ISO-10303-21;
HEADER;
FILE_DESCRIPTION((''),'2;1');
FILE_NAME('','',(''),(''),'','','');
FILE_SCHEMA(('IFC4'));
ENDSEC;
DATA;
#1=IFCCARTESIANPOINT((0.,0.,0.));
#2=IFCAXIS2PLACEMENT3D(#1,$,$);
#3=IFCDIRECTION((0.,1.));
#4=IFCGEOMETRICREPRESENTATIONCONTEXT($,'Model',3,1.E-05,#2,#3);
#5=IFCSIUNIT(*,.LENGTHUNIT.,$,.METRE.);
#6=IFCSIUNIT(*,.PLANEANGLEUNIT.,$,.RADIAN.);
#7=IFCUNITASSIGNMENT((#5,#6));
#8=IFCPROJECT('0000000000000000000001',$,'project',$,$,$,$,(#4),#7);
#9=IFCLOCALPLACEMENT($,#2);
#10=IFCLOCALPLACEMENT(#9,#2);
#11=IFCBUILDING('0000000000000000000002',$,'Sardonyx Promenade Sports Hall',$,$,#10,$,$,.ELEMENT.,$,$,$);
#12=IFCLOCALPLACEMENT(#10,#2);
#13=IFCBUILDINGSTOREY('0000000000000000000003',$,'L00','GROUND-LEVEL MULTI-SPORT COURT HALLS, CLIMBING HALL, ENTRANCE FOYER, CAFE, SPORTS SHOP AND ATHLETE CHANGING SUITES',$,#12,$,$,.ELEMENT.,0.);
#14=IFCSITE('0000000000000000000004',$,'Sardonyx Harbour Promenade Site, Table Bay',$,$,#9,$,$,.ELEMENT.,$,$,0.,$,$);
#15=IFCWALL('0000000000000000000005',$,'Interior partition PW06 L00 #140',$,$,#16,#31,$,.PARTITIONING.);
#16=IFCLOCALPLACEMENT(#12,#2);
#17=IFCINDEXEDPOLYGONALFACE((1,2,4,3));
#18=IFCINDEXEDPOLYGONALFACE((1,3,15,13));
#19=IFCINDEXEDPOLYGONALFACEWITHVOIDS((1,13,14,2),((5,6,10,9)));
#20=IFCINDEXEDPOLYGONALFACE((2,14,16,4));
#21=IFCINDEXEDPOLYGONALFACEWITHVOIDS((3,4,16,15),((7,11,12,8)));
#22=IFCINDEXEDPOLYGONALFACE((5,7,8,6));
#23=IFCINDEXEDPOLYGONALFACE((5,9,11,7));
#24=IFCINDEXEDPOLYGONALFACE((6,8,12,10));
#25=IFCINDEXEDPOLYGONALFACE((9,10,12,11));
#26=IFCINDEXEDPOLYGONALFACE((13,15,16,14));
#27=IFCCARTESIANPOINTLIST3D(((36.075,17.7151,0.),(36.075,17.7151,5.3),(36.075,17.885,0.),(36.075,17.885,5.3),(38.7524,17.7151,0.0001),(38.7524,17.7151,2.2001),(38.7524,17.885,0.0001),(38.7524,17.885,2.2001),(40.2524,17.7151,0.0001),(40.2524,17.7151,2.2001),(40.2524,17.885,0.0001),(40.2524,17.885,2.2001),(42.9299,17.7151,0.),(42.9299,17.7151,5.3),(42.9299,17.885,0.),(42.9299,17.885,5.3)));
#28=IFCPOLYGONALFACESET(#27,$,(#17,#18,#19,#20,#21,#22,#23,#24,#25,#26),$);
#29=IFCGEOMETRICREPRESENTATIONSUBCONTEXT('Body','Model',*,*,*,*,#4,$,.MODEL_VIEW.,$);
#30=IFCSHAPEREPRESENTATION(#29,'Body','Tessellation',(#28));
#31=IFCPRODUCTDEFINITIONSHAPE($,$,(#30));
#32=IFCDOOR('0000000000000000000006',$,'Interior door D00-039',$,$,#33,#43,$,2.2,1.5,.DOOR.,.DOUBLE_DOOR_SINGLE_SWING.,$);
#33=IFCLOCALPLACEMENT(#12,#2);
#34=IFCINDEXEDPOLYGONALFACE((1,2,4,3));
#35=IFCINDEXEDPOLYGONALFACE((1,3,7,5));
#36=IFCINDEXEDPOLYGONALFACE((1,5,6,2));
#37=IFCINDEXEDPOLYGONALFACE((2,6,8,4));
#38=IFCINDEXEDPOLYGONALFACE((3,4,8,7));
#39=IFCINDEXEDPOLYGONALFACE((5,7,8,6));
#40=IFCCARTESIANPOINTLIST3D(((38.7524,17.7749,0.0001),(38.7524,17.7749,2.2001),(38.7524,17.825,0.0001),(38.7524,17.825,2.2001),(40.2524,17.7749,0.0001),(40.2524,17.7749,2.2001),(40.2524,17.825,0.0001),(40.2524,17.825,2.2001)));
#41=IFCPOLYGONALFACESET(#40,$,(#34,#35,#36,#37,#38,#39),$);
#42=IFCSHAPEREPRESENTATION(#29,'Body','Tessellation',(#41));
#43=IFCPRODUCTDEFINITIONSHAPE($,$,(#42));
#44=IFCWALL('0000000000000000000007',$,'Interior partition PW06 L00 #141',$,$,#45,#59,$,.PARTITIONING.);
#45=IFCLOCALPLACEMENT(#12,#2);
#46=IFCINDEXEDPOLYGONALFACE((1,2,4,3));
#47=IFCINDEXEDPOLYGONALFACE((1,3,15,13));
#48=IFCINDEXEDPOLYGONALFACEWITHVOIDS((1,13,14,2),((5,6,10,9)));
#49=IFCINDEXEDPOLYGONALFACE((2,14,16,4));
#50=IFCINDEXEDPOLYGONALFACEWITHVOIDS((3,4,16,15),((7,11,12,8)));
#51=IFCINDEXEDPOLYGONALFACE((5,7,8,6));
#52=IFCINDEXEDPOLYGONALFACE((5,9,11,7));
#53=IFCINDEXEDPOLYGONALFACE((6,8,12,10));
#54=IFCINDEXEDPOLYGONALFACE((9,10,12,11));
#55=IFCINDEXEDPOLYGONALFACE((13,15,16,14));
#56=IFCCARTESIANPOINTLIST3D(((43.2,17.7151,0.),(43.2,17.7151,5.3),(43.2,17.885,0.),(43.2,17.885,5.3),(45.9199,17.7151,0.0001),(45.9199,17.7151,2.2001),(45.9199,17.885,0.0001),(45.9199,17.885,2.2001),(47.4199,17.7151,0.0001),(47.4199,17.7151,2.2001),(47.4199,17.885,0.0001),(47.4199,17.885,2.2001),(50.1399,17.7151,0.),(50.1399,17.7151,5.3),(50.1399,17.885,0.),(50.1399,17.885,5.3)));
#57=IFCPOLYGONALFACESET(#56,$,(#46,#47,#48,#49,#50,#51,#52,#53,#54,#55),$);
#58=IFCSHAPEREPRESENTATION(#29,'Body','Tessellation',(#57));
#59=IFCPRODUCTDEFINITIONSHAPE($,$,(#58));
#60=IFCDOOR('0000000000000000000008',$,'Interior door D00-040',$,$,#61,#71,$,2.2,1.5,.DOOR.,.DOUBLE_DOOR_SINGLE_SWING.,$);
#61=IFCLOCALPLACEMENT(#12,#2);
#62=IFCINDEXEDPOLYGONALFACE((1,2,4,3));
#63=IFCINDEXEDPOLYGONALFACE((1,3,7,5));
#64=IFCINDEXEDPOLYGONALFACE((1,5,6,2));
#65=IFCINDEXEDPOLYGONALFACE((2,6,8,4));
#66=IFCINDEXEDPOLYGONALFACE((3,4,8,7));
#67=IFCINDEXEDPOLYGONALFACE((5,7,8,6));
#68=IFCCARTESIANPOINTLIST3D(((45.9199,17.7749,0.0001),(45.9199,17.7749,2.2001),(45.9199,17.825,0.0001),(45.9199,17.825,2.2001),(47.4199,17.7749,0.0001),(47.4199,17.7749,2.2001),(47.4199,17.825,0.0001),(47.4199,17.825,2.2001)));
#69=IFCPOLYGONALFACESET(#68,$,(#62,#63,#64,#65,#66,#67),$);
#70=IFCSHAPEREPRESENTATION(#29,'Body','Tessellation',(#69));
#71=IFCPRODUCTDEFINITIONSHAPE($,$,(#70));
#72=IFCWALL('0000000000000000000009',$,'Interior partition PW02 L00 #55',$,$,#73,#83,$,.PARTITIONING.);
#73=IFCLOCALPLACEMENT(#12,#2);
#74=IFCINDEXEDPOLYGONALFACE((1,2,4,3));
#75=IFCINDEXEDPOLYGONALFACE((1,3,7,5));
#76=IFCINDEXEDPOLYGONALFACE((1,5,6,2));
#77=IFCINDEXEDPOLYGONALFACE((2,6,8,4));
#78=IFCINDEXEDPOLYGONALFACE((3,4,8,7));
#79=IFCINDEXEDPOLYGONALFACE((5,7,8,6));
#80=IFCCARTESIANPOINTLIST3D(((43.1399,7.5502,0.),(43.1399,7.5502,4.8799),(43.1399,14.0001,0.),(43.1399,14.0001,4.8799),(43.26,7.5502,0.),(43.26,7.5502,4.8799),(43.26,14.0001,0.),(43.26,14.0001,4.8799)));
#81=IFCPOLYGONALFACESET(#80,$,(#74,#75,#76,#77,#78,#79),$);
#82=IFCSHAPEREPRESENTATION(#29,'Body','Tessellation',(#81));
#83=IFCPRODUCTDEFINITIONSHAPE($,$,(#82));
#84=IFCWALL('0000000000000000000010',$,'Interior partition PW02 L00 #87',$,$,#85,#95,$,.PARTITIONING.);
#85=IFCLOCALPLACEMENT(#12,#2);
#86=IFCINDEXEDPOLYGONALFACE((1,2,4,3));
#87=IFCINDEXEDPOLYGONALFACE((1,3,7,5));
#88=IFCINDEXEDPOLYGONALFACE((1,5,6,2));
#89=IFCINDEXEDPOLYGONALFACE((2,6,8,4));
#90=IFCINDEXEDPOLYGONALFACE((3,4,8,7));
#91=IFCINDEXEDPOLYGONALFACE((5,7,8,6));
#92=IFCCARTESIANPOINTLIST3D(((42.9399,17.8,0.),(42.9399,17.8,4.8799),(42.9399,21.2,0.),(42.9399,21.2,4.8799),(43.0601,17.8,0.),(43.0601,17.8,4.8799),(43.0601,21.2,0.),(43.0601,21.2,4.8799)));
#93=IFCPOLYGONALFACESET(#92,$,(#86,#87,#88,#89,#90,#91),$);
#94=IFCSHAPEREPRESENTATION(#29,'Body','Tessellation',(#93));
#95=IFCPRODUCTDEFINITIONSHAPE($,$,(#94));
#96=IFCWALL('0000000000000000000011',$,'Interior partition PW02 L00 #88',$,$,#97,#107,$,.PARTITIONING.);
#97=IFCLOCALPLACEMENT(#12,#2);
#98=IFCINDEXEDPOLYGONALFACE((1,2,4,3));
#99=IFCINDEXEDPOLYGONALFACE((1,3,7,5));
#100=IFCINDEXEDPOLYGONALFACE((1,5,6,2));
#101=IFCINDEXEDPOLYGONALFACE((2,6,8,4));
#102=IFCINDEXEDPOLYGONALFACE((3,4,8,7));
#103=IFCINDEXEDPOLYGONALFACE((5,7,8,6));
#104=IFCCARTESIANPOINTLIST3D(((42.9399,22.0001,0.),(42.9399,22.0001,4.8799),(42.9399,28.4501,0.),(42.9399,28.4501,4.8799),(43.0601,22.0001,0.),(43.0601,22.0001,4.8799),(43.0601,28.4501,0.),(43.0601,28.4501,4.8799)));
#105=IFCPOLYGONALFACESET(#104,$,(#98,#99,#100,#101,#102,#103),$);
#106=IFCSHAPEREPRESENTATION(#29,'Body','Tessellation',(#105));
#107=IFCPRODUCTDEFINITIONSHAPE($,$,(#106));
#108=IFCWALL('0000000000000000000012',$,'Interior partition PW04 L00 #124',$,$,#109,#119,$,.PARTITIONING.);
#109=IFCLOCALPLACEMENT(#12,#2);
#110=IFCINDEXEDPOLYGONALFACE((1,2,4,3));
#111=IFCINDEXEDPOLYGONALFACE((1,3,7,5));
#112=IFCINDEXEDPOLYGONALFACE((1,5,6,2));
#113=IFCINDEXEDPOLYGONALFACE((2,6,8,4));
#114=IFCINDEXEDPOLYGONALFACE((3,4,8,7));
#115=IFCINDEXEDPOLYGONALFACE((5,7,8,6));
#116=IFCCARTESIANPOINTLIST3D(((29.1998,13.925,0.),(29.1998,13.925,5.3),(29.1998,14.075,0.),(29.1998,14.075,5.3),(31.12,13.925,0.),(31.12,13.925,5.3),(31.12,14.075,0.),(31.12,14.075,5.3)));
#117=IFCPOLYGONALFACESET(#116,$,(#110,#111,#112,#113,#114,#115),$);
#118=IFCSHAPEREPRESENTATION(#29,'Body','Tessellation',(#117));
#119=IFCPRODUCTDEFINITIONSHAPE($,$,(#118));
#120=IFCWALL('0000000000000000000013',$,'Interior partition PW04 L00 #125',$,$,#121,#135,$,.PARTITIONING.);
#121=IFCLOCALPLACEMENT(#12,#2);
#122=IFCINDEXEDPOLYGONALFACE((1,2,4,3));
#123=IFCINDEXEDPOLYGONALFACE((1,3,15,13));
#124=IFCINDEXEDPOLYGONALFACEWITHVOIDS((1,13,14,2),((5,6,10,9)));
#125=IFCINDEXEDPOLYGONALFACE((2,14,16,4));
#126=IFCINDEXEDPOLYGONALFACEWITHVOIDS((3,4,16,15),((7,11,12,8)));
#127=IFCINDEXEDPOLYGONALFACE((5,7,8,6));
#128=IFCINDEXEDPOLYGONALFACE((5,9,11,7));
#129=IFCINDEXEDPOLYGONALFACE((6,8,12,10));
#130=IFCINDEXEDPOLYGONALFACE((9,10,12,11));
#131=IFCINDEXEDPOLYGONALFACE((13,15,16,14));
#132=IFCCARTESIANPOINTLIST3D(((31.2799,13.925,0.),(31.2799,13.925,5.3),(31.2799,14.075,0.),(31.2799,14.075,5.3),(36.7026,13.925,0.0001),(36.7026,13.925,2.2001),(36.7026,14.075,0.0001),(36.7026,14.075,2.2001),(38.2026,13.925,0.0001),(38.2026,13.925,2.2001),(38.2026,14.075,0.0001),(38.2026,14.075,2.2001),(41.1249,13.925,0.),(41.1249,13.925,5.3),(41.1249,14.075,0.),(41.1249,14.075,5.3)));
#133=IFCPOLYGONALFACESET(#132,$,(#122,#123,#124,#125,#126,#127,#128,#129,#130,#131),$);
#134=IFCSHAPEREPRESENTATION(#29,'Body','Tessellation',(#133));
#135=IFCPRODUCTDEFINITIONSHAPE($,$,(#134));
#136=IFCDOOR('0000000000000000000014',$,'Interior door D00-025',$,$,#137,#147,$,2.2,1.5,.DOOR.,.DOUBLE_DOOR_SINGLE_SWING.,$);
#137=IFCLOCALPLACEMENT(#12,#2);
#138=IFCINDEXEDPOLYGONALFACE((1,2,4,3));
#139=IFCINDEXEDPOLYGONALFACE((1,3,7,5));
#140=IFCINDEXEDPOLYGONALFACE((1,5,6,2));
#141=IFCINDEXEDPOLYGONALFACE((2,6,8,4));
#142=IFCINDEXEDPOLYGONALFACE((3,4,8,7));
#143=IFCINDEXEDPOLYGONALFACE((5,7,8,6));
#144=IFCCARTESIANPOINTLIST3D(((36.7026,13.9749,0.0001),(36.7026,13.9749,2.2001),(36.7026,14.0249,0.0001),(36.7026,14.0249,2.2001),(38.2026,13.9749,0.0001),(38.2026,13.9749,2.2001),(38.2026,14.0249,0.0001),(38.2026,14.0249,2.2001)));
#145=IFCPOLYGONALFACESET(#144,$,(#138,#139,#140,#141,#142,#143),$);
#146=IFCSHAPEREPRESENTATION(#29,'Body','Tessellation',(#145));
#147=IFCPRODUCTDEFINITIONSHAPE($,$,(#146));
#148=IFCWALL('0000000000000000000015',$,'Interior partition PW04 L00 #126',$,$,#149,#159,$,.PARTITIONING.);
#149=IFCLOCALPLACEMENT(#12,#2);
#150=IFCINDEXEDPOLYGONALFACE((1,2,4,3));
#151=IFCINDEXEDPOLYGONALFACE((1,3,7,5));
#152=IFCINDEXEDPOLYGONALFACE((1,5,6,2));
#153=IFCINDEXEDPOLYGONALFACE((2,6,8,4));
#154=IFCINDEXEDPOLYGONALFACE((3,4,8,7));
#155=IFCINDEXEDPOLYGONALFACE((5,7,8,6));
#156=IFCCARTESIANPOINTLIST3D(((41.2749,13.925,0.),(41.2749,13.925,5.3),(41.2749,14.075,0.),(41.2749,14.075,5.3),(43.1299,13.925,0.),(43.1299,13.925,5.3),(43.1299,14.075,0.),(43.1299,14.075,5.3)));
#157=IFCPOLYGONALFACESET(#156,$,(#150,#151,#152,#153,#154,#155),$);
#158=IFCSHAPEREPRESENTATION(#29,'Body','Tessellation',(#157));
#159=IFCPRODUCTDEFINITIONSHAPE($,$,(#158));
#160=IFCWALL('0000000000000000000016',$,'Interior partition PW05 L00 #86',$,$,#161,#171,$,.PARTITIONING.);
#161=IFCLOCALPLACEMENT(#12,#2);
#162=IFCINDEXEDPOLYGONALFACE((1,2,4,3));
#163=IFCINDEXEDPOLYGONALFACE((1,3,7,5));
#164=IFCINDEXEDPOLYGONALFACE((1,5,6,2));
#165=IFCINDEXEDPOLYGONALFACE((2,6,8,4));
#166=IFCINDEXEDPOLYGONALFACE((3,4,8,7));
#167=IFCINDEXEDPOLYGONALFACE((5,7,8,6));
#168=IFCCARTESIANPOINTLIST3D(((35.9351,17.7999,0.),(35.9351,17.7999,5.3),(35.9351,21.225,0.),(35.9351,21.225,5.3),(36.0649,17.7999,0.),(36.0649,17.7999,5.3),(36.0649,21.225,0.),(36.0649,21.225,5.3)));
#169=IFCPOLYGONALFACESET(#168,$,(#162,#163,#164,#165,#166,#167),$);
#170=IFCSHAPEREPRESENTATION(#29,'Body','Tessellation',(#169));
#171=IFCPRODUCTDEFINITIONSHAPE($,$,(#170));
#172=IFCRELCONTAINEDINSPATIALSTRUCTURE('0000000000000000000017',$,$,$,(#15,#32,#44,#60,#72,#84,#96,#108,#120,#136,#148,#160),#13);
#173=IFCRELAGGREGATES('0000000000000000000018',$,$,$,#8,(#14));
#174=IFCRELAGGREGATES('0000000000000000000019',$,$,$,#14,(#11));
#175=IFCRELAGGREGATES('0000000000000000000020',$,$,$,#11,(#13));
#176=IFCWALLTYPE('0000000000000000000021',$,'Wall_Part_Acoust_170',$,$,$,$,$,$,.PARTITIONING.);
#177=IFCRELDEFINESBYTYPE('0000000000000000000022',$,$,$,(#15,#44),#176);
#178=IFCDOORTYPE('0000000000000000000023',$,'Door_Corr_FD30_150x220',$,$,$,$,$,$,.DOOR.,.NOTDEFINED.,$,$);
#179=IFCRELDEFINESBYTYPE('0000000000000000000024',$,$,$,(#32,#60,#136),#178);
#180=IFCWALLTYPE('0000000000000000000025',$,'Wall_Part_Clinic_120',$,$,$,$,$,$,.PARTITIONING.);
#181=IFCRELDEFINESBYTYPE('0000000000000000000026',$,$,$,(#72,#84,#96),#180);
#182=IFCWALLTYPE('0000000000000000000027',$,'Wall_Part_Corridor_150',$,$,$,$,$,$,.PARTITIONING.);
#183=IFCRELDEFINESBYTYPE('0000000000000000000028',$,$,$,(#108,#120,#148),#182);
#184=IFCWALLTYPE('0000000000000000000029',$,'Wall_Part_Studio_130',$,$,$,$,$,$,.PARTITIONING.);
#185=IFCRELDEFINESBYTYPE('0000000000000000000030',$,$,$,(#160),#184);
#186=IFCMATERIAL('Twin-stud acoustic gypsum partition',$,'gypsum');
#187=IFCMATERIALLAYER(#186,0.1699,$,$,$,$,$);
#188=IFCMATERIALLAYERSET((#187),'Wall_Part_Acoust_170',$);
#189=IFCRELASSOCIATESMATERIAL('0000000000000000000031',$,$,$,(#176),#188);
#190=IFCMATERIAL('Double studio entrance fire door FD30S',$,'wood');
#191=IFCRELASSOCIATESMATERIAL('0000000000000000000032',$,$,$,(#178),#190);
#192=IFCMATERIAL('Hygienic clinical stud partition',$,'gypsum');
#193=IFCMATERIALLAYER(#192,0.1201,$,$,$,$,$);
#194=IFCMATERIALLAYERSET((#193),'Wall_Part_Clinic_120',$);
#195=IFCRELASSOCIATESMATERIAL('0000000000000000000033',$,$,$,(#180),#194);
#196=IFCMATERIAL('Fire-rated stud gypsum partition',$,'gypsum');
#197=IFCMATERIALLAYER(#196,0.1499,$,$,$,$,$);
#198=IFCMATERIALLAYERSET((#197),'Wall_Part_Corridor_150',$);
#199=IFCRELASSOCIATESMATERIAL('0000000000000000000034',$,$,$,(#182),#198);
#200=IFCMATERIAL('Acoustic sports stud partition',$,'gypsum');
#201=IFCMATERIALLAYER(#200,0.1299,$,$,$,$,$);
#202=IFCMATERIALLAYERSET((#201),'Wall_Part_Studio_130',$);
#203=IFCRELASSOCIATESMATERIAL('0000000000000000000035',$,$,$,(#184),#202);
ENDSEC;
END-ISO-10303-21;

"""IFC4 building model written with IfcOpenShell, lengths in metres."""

from ifc_helpers import new_model, si_unit, direction, frame, frame_2d, origin, place, context, subcontext, project, spatial, rectangle, extrude, material, layer, layer_set, type_object, element, fill, save


model = new_model("IFC4")

# Units and contexts
model_context = context("Model", 3, precision=1e-05, world=origin(), true_north=direction((0.0, 1.0)))
body_context = subcontext(model_context, "Body", "Model", "MODEL_VIEW")
ifc_project = project(units=[si_unit("LENGTHUNIT", "METRE"), si_unit("PLANEANGLEUNIT", "RADIAN")], contexts=[model_context])

# Site, building, storey
site_placement = place(None, origin())
site = spatial("IfcSite", under=ifc_project, at=site_placement, Name="Sardonyx Harbour Promenade Site, Table Bay", CompositionType="ELEMENT", RefElevation=0.0)
building_placement = place(site_placement, origin())
building = spatial("IfcBuilding", under=site, at=building_placement, Name="Sardonyx Promenade Sports Hall", CompositionType="ELEMENT")
storey_placement = place(building_placement, origin())
storey = spatial("IfcBuildingStorey", under=building, at=storey_placement, Name="L00", Description="GROUND-LEVEL MULTI-SPORT COURT HALLS, CLIMBING HALL, ENTRANCE FOYER, CAFE, SPORTS SHOP AND ATHLETE CHANGING SUITES", CompositionType="ELEMENT", Elevation=0.0)

# Walls, openings, doors
ifc_material_1 = material(Name="Twin-stud acoustic gypsum partition", Category="gypsum")
ifc_layer_1 = layer(ifc_material_1, 0.1699)
ifc_layer_set_1 = layer_set([ifc_layer_1], Name="Wall_Part_Acoust_170")
wall_type_1 = type_object("IfcWallType", Name="Wall_Part_Acoust_170", PredefinedType="PARTITIONING", material=ifc_layer_set_1)
wall_1_placement = place(storey_placement, frame((36.075, 17.8, 0.0), z_axis=(0.0, 0.0, 1.0), x_axis=(1.0, 0.0, 0.0)))
wall_1 = element("IfcWall", 1, at=wall_1_placement, inside=storey, type_object=wall_type_1, Name="Interior partition PW06 L00 #140", PredefinedType="PARTITIONING", context=body_context, shape_type="SweptSolid", body=[
    extrude(rectangle(XDim=6.855, YDim=0.1699, at=frame_2d((3.4275, 0.0))), origin(), (0.0, 0.0, 1.0), 5.3),
])
opening_1_placement = place(wall_1_placement, frame((2.6775, 0.0, 0.0)))
opening_1 = element("IfcOpeningElement", 2, at=opening_1_placement, cuts=wall_1, PredefinedType="OPENING", context=body_context, shape_type="SweptSolid", body=[
    extrude(rectangle(XDim=1.5, YDim=2.2, at=frame_2d((0.75, 1.1001))), frame((0.0, 0.095, 0.0), z_axis=(0.0, -1.0, 0.0), x_axis=(1.0, 0.0, 0.0)), (0.0, 0.0, 1.0), 0.19),
])
ifc_material_2 = material(Name="Double studio entrance fire door FD30S", Category="wood")
door_type = type_object("IfcDoorType", Name="Door_Corr_FD30_150x220", OperationType="NOTDEFINED", PredefinedType="DOOR", material=ifc_material_2)
door_1_placement = place(opening_1_placement, origin())
door_1 = element("IfcDoor", 3, at=door_1_placement, inside=storey, type_object=door_type, Name="Interior door D00-039", OperationType="DOUBLE_DOOR_SINGLE_SWING", OverallHeight=2.2, OverallWidth=1.5, PredefinedType="DOOR", context=body_context, shape_type="SweptSolid", body=[
    extrude(rectangle(XDim=1.5, YDim=2.2, at=frame_2d((0.75, 1.1001))), frame((0.0, 0.0249, 0.0), z_axis=(0.0, -1.0, 0.0), x_axis=(1.0, 0.0, 0.0)), (0.0, 0.0, 1.0), 0.05),
])
fill(opening_1, door_1)
wall_2_placement = place(storey_placement, frame((43.2, 17.8, 0.0), z_axis=(0.0, 0.0, 1.0), x_axis=(1.0, 0.0, 0.0)))
wall_2 = element("IfcWall", 4, at=wall_2_placement, inside=storey, type_object=wall_type_1, Name="Interior partition PW06 L00 #141", PredefinedType="PARTITIONING", context=body_context, shape_type="SweptSolid", body=[
    extrude(rectangle(XDim=6.9399, YDim=0.1699, at=frame_2d((3.47, 0.0))), origin(), (0.0, 0.0, 1.0), 5.3),
])
opening_2_placement = place(wall_2_placement, frame((2.72, 0.0, 0.0)))
opening_2 = element("IfcOpeningElement", 5, at=opening_2_placement, cuts=wall_2, PredefinedType="OPENING", context=body_context, shape_type="SweptSolid", body=[
    extrude(rectangle(XDim=1.5, YDim=2.2, at=frame_2d((0.75, 1.1001))), frame((0.0, 0.095, 0.0), z_axis=(0.0, -1.0, 0.0), x_axis=(1.0, 0.0, 0.0)), (0.0, 0.0, 1.0), 0.19),
])
door_2_placement = place(opening_2_placement, origin())
door_2 = element("IfcDoor", 6, at=door_2_placement, inside=storey, type_object=door_type, Name="Interior door D00-040", OperationType="DOUBLE_DOOR_SINGLE_SWING", OverallHeight=2.2, OverallWidth=1.5, PredefinedType="DOOR", context=body_context, shape_type="SweptSolid", body=[
    extrude(rectangle(XDim=1.5, YDim=2.2, at=frame_2d((0.75, 1.1001))), frame((0.0, 0.0249, 0.0), z_axis=(0.0, -1.0, 0.0), x_axis=(1.0, 0.0, 0.0)), (0.0, 0.0, 1.0), 0.05),
])
fill(opening_2, door_2)

# Walls
ifc_material_3 = material(Name="Hygienic clinical stud partition", Category="gypsum")
ifc_layer_2 = layer(ifc_material_3, 0.1201)
ifc_layer_set_2 = layer_set([ifc_layer_2], Name="Wall_Part_Clinic_120")
wall_type_2 = type_object("IfcWallType", Name="Wall_Part_Clinic_120", PredefinedType="PARTITIONING", material=ifc_layer_set_2)
wall_3_placement = place(storey_placement, frame((43.2, 7.55, 0.0), z_axis=(0.0, 0.0, 1.0), x_axis=(0.0, 1.0, 0.0)))
element("IfcWall", 7, at=wall_3_placement, inside=storey, type_object=wall_type_2, Name="Interior partition PW02 L00 #55", PredefinedType="PARTITIONING", context=body_context, shape_type="SweptSolid", body=[
    extrude(rectangle(XDim=6.45, YDim=0.1201, at=frame_2d((3.2251, 0.0))), origin(), (0.0, 0.0, 1.0), 4.8799),
])
wall_4_placement = place(storey_placement, frame((43.0, 17.8, 0.0), z_axis=(0.0, 0.0, 1.0), x_axis=(0.0, 1.0, 0.0)))
element("IfcWall", 8, at=wall_4_placement, inside=storey, type_object=wall_type_2, Name="Interior partition PW02 L00 #87", PredefinedType="PARTITIONING", context=body_context, shape_type="SweptSolid", body=[
    extrude(rectangle(XDim=3.3999, YDim=0.1201, at=frame_2d((1.7, 0.0))), origin(), (0.0, 0.0, 1.0), 4.8799),
])
wall_5_placement = place(storey_placement, frame((43.0, 22.0, 0.0), z_axis=(0.0, 0.0, 1.0), x_axis=(0.0, 1.0, 0.0)))
element("IfcWall", 9, at=wall_5_placement, inside=storey, type_object=wall_type_2, Name="Interior partition PW02 L00 #88", PredefinedType="PARTITIONING", context=body_context, shape_type="SweptSolid", body=[
    extrude(rectangle(XDim=6.45, YDim=0.1201, at=frame_2d((3.2251, 0.0))), origin(), (0.0, 0.0, 1.0), 4.8799),
])
ifc_material_4 = material(Name="Fire-rated stud gypsum partition", Category="gypsum")
ifc_layer_3 = layer(ifc_material_4, 0.1499)
ifc_layer_set_3 = layer_set([ifc_layer_3], Name="Wall_Part_Corridor_150")
wall_type_3 = type_object("IfcWallType", Name="Wall_Part_Corridor_150", PredefinedType="PARTITIONING", material=ifc_layer_set_3)
wall_6_placement = place(storey_placement, frame((29.2, 14.0, 0.0), z_axis=(0.0, 0.0, 1.0), x_axis=(1.0, 0.0, 0.0)))
element("IfcWall", 10, at=wall_6_placement, inside=storey, type_object=wall_type_3, Name="Interior partition PW04 L00 #124", PredefinedType="PARTITIONING", context=body_context, shape_type="SweptSolid", body=[
    extrude(rectangle(XDim=1.9202, YDim=0.1499, at=frame_2d((0.96, 0.0))), origin(), (0.0, 0.0, 1.0), 5.3),
])

# Wall, opening, door
wall_7_placement = place(storey_placement, frame((31.28, 14.0, 0.0), z_axis=(0.0, 0.0, 1.0), x_axis=(1.0, 0.0, 0.0)))
wall_7 = element("IfcWall", 11, at=wall_7_placement, inside=storey, type_object=wall_type_3, Name="Interior partition PW04 L00 #125", PredefinedType="PARTITIONING", context=body_context, shape_type="SweptSolid", body=[
    extrude(rectangle(XDim=9.845, YDim=0.1499, at=frame_2d((4.9224, 0.0))), origin(), (0.0, 0.0, 1.0), 5.3),
])
opening_3_placement = place(wall_7_placement, frame((5.4226, 0.0, 0.0)))
opening_3 = element("IfcOpeningElement", 12, at=opening_3_placement, cuts=wall_7, PredefinedType="OPENING", context=body_context, shape_type="SweptSolid", body=[
    extrude(rectangle(XDim=1.5, YDim=2.2, at=frame_2d((0.75, 1.1001))), frame((0.0, 0.085, 0.0), z_axis=(0.0, -1.0, 0.0), x_axis=(1.0, 0.0, 0.0)), (0.0, 0.0, 1.0), 0.17),
])
door_3_placement = place(opening_3_placement, origin())
door_3 = element("IfcDoor", 13, at=door_3_placement, inside=storey, type_object=door_type, Name="Interior door D00-025", OperationType="DOUBLE_DOOR_SINGLE_SWING", OverallHeight=2.2, OverallWidth=1.5, PredefinedType="DOOR", context=body_context, shape_type="SweptSolid", body=[
    extrude(rectangle(XDim=1.5, YDim=2.2, at=frame_2d((0.75, 1.1001))), frame((0.0, 0.0249, 0.0), z_axis=(0.0, -1.0, 0.0), x_axis=(1.0, 0.0, 0.0)), (0.0, 0.0, 1.0), 0.05),
])
fill(opening_3, door_3)

# Walls
wall_8_placement = place(storey_placement, frame((41.2749, 14.0, 0.0), z_axis=(0.0, 0.0, 1.0), x_axis=(1.0, 0.0, 0.0)))
element("IfcWall", 14, at=wall_8_placement, inside=storey, type_object=wall_type_3, Name="Interior partition PW04 L00 #126", PredefinedType="PARTITIONING", context=body_context, shape_type="SweptSolid", body=[
    extrude(rectangle(XDim=1.855, YDim=0.1499, at=frame_2d((0.9275, 0.0))), origin(), (0.0, 0.0, 1.0), 5.3),
])
ifc_material_5 = material(Name="Acoustic sports stud partition", Category="gypsum")
ifc_layer_4 = layer(ifc_material_5, 0.1299)
ifc_layer_set_4 = layer_set([ifc_layer_4], Name="Wall_Part_Studio_130")
wall_type_4 = type_object("IfcWallType", Name="Wall_Part_Studio_130", PredefinedType="PARTITIONING", material=ifc_layer_set_4)
wall_9_placement = place(storey_placement, frame((36.0, 17.8, 0.0), z_axis=(0.0, 0.0, 1.0), x_axis=(0.0, 1.0, 0.0)))
element("IfcWall", 15, at=wall_9_placement, inside=storey, type_object=wall_type_4, Name="Interior partition PW05 L00 #86", PredefinedType="PARTITIONING", context=body_context, shape_type="SweptSolid", body=[
    extrude(rectangle(XDim=3.425, YDim=0.1299, at=frame_2d((1.7124, 0.0))), origin(), (0.0, 0.0, 1.0), 5.3),
])

save(model, "model.ifc")
